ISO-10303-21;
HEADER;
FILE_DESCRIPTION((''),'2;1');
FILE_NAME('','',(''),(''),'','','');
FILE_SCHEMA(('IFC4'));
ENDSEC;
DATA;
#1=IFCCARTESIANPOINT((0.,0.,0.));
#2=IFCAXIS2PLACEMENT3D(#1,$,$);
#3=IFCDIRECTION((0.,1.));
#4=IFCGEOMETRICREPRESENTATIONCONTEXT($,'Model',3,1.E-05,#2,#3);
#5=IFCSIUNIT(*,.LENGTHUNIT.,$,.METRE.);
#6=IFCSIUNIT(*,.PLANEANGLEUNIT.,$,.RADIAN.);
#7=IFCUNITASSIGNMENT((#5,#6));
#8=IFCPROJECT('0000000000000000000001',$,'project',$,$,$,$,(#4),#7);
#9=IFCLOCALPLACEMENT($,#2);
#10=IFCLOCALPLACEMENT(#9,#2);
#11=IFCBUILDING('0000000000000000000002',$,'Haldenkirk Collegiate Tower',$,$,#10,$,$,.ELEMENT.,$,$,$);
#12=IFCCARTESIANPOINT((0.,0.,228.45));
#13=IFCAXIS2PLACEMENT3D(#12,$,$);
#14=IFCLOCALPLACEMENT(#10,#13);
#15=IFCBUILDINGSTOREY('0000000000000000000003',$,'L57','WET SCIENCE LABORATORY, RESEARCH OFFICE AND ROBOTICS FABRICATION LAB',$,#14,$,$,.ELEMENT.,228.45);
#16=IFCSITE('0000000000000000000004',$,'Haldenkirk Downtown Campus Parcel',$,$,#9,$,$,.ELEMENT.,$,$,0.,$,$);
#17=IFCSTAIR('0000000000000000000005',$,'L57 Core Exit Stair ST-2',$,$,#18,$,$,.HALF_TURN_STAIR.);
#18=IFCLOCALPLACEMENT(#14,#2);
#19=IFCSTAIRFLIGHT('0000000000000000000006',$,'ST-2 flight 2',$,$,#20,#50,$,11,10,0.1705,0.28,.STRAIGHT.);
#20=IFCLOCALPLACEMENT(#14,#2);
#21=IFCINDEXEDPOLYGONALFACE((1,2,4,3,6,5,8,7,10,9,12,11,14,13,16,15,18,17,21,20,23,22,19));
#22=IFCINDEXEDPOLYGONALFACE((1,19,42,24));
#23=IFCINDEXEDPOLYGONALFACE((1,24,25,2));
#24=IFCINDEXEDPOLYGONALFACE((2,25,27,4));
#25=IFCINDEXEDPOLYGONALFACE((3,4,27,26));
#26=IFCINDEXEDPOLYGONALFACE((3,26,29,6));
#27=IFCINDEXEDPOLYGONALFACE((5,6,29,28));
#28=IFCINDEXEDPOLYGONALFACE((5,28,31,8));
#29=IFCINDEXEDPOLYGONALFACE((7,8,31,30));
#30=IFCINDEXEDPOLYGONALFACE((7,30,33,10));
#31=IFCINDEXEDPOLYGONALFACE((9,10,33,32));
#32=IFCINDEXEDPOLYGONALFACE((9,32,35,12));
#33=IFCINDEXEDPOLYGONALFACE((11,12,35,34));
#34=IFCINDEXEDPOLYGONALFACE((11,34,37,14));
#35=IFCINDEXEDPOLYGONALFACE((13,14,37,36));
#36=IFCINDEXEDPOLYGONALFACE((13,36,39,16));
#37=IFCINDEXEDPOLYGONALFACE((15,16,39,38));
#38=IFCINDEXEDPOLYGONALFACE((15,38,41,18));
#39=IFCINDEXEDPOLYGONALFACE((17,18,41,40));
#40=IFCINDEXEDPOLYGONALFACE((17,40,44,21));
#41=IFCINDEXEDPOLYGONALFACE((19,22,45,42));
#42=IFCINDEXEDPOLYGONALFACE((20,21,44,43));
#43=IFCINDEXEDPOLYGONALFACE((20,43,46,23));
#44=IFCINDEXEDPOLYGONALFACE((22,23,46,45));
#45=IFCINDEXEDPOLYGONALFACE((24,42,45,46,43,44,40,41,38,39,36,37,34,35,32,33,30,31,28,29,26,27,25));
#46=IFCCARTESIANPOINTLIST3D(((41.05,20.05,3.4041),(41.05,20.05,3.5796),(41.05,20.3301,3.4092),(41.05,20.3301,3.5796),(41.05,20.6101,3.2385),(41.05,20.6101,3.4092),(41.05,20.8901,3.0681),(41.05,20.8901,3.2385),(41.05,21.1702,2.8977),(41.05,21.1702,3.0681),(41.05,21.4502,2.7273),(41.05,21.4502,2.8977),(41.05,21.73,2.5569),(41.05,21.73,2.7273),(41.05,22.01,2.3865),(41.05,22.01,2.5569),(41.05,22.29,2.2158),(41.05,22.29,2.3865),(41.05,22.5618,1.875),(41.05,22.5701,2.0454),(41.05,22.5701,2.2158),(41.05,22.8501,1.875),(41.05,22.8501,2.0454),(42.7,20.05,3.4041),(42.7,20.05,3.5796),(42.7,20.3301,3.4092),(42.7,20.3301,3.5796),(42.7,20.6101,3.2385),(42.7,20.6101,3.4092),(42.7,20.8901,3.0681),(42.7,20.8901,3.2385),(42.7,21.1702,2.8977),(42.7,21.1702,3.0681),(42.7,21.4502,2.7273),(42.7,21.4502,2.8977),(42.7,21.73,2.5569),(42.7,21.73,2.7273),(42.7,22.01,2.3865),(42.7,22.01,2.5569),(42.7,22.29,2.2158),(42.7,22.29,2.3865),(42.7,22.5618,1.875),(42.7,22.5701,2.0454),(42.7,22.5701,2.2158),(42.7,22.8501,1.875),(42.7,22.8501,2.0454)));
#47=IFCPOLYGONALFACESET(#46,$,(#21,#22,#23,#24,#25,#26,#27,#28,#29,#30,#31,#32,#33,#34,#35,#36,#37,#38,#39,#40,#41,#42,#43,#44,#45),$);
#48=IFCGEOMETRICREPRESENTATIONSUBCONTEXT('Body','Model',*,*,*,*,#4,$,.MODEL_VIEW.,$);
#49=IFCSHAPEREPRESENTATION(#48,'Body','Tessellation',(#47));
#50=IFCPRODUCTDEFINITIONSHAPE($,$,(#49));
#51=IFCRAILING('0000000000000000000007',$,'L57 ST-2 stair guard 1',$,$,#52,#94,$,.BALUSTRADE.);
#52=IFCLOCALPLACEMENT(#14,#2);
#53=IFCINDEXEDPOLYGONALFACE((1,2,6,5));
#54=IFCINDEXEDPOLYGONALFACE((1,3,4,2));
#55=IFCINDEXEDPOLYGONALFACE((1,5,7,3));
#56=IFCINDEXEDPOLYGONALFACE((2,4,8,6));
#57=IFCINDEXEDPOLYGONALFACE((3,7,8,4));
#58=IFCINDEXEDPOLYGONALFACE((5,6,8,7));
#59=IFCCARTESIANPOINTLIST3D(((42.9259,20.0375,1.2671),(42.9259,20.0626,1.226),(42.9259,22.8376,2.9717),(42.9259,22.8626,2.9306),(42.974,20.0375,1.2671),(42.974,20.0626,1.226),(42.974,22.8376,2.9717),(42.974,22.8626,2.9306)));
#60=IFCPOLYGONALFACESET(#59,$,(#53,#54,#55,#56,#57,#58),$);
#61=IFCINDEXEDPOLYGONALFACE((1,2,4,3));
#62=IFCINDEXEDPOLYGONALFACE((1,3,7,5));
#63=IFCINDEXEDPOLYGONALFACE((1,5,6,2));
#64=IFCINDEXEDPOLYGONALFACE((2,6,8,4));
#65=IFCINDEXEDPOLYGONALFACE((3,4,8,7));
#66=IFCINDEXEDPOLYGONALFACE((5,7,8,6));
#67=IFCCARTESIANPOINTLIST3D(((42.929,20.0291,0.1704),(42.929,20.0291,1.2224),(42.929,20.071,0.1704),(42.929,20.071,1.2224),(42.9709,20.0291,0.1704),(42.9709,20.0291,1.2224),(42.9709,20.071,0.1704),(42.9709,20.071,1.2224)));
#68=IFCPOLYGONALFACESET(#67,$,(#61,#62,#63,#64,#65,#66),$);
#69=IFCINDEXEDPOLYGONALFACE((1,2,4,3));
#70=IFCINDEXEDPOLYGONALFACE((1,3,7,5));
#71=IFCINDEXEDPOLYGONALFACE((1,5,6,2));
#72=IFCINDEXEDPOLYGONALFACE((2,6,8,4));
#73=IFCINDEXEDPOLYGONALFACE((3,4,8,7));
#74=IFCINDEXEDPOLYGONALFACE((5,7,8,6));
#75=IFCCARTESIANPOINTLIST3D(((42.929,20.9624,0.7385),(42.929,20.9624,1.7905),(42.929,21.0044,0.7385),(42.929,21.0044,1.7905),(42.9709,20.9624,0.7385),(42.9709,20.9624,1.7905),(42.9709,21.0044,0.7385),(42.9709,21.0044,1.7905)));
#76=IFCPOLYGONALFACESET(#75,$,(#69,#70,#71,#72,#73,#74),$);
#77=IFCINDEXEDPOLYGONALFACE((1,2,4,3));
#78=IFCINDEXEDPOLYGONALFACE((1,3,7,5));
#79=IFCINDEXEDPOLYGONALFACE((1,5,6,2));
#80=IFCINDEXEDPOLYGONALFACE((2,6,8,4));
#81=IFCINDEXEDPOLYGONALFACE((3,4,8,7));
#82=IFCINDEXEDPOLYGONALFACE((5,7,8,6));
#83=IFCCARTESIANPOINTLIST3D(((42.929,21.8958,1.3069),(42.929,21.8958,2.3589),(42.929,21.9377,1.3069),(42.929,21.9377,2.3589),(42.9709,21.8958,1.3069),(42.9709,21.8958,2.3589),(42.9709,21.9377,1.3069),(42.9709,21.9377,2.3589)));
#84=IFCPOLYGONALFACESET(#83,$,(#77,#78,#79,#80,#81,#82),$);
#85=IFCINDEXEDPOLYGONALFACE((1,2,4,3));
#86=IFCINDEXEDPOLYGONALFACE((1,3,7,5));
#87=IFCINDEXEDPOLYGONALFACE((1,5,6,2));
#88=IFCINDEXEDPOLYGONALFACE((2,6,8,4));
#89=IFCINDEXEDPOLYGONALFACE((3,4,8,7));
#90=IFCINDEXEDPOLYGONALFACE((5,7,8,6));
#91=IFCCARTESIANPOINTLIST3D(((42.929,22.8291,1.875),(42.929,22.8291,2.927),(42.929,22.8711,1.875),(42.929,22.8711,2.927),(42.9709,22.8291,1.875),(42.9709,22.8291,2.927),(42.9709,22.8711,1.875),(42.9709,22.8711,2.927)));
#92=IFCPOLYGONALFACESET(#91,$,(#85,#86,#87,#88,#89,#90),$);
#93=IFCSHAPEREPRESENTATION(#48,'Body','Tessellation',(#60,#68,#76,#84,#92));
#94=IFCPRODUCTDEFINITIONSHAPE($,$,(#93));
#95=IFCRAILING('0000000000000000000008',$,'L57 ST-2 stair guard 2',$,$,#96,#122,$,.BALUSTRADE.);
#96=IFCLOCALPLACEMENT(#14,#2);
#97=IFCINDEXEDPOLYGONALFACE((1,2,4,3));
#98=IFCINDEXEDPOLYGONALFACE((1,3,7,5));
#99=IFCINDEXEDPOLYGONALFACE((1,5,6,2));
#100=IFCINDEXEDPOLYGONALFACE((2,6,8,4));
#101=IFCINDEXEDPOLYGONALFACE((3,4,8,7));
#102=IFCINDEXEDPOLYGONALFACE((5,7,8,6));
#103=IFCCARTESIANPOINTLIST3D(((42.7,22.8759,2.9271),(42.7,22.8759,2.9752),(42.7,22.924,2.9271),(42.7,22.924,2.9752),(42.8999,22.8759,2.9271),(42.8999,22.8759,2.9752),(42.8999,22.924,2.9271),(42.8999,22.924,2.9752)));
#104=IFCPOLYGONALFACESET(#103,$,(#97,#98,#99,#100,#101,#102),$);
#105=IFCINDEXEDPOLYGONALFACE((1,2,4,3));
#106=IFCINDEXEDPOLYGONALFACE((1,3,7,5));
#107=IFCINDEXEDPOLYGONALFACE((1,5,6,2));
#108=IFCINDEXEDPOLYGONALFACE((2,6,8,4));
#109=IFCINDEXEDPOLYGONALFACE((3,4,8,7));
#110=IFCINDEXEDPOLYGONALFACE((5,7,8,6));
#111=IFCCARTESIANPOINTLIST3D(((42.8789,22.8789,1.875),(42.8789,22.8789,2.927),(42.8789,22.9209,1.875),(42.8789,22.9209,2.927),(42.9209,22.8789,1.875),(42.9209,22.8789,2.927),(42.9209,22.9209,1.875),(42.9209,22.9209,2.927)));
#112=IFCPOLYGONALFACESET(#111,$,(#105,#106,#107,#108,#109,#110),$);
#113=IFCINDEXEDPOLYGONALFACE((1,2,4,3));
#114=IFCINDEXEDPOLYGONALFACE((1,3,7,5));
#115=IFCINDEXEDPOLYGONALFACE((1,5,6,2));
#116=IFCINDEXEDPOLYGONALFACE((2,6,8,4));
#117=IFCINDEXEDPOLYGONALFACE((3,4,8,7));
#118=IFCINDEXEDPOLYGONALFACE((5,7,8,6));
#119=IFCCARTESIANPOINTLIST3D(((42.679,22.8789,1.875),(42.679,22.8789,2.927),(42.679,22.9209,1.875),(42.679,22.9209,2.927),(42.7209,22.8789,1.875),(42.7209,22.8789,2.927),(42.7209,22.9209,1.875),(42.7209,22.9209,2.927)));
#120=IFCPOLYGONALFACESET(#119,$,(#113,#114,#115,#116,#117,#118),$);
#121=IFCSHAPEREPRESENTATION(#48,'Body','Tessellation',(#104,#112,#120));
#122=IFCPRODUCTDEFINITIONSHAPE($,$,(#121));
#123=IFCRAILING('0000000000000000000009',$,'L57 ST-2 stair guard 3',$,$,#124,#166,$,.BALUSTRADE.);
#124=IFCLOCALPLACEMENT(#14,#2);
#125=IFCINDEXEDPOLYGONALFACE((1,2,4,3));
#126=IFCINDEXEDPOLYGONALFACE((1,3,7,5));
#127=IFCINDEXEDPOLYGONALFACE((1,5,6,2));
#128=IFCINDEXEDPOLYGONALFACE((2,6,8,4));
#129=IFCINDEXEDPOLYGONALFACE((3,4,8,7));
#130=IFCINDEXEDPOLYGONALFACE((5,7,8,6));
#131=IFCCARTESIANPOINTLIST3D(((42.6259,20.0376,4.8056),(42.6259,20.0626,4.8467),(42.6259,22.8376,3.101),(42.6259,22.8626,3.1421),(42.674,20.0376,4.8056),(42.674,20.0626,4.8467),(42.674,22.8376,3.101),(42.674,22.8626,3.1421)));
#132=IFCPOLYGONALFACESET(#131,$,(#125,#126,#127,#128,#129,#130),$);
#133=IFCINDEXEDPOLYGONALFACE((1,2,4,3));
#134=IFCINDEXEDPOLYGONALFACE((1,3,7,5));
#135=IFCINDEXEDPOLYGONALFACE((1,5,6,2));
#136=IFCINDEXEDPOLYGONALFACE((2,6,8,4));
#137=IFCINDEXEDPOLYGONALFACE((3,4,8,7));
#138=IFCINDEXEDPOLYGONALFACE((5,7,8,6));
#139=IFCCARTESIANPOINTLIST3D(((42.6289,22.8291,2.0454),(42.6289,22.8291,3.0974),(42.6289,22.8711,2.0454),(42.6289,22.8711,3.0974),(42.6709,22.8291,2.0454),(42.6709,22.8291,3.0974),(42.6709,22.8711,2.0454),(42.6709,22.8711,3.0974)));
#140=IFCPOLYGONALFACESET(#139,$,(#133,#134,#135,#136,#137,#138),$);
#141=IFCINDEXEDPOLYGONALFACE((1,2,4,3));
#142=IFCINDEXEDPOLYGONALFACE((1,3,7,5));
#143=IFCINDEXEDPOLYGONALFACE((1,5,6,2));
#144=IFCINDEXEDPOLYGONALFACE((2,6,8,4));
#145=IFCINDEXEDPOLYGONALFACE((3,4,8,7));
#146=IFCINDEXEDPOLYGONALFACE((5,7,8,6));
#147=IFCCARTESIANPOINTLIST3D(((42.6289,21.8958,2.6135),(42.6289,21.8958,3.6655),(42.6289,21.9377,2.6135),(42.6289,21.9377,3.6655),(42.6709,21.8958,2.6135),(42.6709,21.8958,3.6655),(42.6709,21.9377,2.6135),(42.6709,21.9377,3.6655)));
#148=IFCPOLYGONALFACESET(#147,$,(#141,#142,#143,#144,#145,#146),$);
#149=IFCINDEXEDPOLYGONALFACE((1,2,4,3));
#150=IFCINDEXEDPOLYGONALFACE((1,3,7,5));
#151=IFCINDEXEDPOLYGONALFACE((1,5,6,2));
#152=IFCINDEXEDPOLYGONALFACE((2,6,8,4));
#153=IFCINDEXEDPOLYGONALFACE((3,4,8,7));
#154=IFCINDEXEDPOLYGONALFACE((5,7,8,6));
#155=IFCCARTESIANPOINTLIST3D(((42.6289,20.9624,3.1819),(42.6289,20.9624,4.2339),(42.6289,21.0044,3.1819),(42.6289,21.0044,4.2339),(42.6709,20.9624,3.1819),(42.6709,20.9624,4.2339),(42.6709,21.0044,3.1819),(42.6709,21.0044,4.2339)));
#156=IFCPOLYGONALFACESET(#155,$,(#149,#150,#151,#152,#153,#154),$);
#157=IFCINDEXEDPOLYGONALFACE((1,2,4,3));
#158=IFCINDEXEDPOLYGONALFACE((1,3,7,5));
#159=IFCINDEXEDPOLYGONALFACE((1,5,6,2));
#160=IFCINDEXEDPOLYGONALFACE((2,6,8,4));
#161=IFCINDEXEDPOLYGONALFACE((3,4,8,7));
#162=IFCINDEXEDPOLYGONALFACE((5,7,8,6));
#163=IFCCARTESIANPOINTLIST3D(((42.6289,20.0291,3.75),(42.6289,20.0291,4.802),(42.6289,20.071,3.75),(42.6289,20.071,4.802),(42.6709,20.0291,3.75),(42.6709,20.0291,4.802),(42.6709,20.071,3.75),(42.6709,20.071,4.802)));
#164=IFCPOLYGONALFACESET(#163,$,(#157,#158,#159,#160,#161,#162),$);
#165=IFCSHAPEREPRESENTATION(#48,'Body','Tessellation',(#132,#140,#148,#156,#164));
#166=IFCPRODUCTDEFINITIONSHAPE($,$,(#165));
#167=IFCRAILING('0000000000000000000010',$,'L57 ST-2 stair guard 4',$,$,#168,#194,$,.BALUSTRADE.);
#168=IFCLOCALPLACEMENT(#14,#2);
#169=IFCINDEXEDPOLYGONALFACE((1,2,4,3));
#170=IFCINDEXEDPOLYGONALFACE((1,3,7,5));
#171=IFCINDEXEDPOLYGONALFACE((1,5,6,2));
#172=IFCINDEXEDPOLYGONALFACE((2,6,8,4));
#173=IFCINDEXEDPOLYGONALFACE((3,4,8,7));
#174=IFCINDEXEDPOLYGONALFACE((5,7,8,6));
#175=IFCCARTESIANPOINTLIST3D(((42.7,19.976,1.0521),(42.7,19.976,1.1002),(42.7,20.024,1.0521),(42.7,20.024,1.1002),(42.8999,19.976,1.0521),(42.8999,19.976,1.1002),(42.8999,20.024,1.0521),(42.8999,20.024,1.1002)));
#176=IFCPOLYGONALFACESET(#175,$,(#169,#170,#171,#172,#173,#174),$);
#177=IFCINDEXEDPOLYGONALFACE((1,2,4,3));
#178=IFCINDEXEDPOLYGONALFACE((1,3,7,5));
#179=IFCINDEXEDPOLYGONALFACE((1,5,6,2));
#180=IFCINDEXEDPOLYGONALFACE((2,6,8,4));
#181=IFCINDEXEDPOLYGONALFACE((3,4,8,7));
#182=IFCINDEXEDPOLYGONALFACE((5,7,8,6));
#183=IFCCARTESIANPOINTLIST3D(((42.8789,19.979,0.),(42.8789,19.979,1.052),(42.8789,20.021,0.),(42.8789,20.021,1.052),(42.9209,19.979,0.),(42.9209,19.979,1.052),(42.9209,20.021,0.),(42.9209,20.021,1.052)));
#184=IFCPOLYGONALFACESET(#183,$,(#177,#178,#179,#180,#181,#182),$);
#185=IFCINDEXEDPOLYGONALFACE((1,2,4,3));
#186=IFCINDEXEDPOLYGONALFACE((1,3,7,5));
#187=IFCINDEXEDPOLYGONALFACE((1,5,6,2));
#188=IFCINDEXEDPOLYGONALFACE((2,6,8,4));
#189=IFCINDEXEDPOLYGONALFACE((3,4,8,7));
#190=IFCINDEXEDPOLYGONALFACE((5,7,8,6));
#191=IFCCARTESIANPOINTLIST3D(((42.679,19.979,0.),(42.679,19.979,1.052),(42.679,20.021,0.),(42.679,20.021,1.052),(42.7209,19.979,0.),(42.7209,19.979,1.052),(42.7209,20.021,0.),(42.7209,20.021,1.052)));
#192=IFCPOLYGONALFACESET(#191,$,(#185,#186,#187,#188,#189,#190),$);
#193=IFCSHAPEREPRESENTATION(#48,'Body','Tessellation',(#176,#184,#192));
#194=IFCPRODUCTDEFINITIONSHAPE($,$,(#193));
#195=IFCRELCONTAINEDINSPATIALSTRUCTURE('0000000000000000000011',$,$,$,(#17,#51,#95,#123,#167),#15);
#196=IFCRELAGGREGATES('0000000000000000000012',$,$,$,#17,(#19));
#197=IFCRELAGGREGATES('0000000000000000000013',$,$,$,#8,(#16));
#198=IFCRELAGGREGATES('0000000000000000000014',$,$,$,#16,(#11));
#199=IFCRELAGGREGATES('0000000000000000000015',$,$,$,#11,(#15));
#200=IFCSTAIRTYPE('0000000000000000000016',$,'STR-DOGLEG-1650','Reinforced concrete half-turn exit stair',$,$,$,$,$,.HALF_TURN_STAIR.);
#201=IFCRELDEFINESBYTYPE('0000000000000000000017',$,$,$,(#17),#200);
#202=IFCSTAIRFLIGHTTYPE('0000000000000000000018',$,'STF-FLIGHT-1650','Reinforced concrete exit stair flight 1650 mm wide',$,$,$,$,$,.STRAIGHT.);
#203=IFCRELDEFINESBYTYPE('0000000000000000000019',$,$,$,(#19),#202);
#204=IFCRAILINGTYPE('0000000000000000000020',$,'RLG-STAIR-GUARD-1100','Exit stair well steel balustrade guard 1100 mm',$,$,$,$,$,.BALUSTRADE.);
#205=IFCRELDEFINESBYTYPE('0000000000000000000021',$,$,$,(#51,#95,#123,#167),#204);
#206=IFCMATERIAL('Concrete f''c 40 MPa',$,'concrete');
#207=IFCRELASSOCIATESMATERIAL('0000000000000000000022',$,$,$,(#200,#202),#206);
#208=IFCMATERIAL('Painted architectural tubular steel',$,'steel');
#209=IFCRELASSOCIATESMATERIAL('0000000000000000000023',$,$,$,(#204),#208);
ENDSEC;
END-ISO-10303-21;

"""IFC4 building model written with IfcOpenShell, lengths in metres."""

from ifc_helpers import new_model, si_unit, direction, frame, origin, origin_2d, place, context, subcontext, project, spatial, polyline, rectangle, outline, extrude, material, type_object, element, aggregate, save


model = new_model("IFC4")

# Units and contexts
model_context = context("Model", 3, precision=1e-05, world=origin(), true_north=direction((0.0, 1.0)))
body_context = subcontext(model_context, "Body", "Model", "MODEL_VIEW")
ifc_project = project(units=[si_unit("LENGTHUNIT", "METRE"), si_unit("PLANEANGLEUNIT", "RADIAN")], contexts=[model_context])

# Site, building, storey
site_placement = place(None, origin())
site = spatial("IfcSite", under=ifc_project, at=site_placement, Name="Haldenkirk Downtown Campus Parcel", CompositionType="ELEMENT", RefElevation=0.0)
building_placement = place(site_placement, origin())
building = spatial("IfcBuilding", under=site, at=building_placement, Name="Haldenkirk Collegiate Tower", CompositionType="ELEMENT")
storey_placement = place(building_placement, frame((0.0, 0.0, 228.45)))
storey = spatial("IfcBuildingStorey", under=building, at=storey_placement, Name="L57", Description="WET SCIENCE LABORATORY, RESEARCH OFFICE AND ROBOTICS FABRICATION LAB", CompositionType="ELEMENT", Elevation=228.45)

# Stair, stair flight
ifc_material_1 = material(Name="Concrete f'c 40 MPa", Category="concrete")
stair_type = type_object("IfcStairType", Name="STR-DOGLEG-1650", Description="Reinforced concrete half-turn exit stair", PredefinedType="HALF_TURN_STAIR", material=ifc_material_1)
stair_placement = place(storey_placement, origin())
stair = element("IfcStair", 1, at=stair_placement, inside=storey, type_object=stair_type, Name="L57 Core Exit Stair ST-2", PredefinedType="HALF_TURN_STAIR")
stair_flight_type = type_object("IfcStairFlightType", Name="STF-FLIGHT-1650", Description="Reinforced concrete exit stair flight 1650 mm wide", PredefinedType="STRAIGHT", material=ifc_material_1)
stair_flight_1_placement = place(storey_placement, frame((41.875, 22.8501, 1.875), z_axis=(0.0, 0.0, 1.0), x_axis=(0.0, -1.0, 0.0)))
stair_flight_1 = element("IfcStairFlight", 2, at=stair_flight_1_placement, type_object=stair_flight_type, Name="ST-2 flight 2", NumberOfRisers=11, NumberOfTreads=10, PredefinedType="STRAIGHT", RiserHeight=0.1705, TreadLength=0.28, context=body_context, shape_type="SweptSolid", body=[
    extrude(outline(polyline([(0.0, 0.0), (0.0, 0.1704), (0.28, 0.1704), (0.28, 0.3408), (0.5601, 0.3408), (0.5601, 0.5115), (0.8401, 0.5115), (0.8401, 0.6819), (1.1201, 0.6819), (1.1201, 0.8523), (1.3999, 0.8523), (1.3999, 1.0227), (1.6799, 1.0227), (1.6799, 1.1931), (1.96, 1.1931), (1.96, 1.3635), (2.24, 1.3635), (2.24, 1.5342), (2.52, 1.5342), (2.52, 1.7046), (2.8, 1.7046), (2.8, 1.875), (2.8, 1.5291), (0.2883, 0.0), (0.0, 0.0)])), frame((0.0, 0.825, 0.0), z_axis=(0.0, -1.0, 0.0), x_axis=(1.0, 0.0, 0.0)), (0.0, 0.0, 1.0), 1.6499),
])
aggregate(stair, [stair_flight_1])

# Railings
ifc_material_2 = material(Name="Painted architectural tubular steel", Category="steel")
railing_type_1 = type_object("IfcRailingType", Name="RLG-STAIR-GUARD-1100", Description="Exit stair well steel balustrade guard 1100 mm", PredefinedType="BALUSTRADE", material=ifc_material_2)
railing_1_placement = place(storey_placement, frame((42.95, 20.05, 0.1704)))
element("IfcRailing", 3, at=railing_1_placement, inside=storey, type_object=railing_type_1, Name="L57 ST-2 stair guard 1", PredefinedType="BALUSTRADE", context=body_context, shape_type="SweptSolid", body=[
    extrude(rectangle(XDim=0.0481, YDim=0.0481, at=origin_2d()), frame((0.0, 0.0, 1.0762), z_axis=(0.0, 0.85417, 0.519994), x_axis=(-1.0, 0.0, 0.0)), (0.0, 0.0, 1.0), 3.2781),
    extrude(rectangle(XDim=0.042, YDim=0.042, at=origin_2d()), origin(), (0.0, 0.0, 1.0), 1.052),
    extrude(rectangle(XDim=0.042, YDim=0.042, at=origin_2d()), frame((0.0, 0.9333, 0.5681)), (0.0, 0.0, 1.0), 1.052),
    extrude(rectangle(XDim=0.042, YDim=0.042, at=origin_2d()), frame((0.0, 1.8667, 1.1365)), (0.0, 0.0, 1.0), 1.052),
    extrude(rectangle(XDim=0.042, YDim=0.042, at=origin_2d()), frame((0.0, 2.8, 1.7046)), (0.0, 0.0, 1.0), 1.052),
])
railing_2_placement = place(storey_placement, frame((42.8999, 22.8999, 1.875)))
element("IfcRailing", 4, at=railing_2_placement, inside=storey, type_object=railing_type_1, Name="L57 ST-2 stair guard 2", PredefinedType="BALUSTRADE", context=body_context, shape_type="SweptSolid", body=[
    extrude(rectangle(XDim=0.0481, YDim=0.0481, at=origin_2d()), frame((0.0, 0.0, 1.0762), z_axis=(-1.0, 0.0, 0.0), x_axis=(0.0, -1.0, 0.0)), (0.0, 0.0, 1.0), 0.2),
    extrude(rectangle(XDim=0.042, YDim=0.042, at=origin_2d()), origin(), (0.0, 0.0, 1.0), 1.052),
    extrude(rectangle(XDim=0.042, YDim=0.042, at=origin_2d()), frame((-0.2, 0.0, 0.0)), (0.0, 0.0, 1.0), 1.052),
])
railing_3_placement = place(storey_placement, frame((42.6499, 22.8501, 2.0454)))
element("IfcRailing", 5, at=railing_3_placement, inside=storey, type_object=railing_type_1, Name="L57 ST-2 stair guard 3", PredefinedType="BALUSTRADE", context=body_context, shape_type="SweptSolid", body=[
    extrude(rectangle(XDim=0.0481, YDim=0.0481, at=origin_2d()), frame((0.0, 0.0, 1.0762), z_axis=(0.0, -0.85417, 0.519994), x_axis=(1.0, 0.0, 0.0)), (0.0, 0.0, 1.0), 3.2781),
    extrude(rectangle(XDim=0.042, YDim=0.042, at=origin_2d()), origin(), (0.0, 0.0, 1.0), 1.052),
    extrude(rectangle(XDim=0.042, YDim=0.042, at=origin_2d()), frame((0.0, -0.9333, 0.5681)), (0.0, 0.0, 1.0), 1.052),
    extrude(rectangle(XDim=0.042, YDim=0.042, at=origin_2d()), frame((0.0, -1.8667, 1.1365)), (0.0, 0.0, 1.0), 1.052),
    extrude(rectangle(XDim=0.042, YDim=0.042, at=origin_2d()), frame((0.0, -2.8, 1.7046)), (0.0, 0.0, 1.0), 1.052),
])
railing_4_placement = place(storey_placement, frame((42.8999, 20.0, 0.0)))
element("IfcRailing", 6, at=railing_4_placement, inside=storey, type_object=railing_type_1, Name="L57 ST-2 stair guard 4", PredefinedType="BALUSTRADE", context=body_context, shape_type="SweptSolid", body=[
    extrude(rectangle(XDim=0.0481, YDim=0.0481, at=origin_2d()), frame((0.0, 0.0, 1.0762), z_axis=(-1.0, 0.0, 0.0), x_axis=(0.0, -1.0, 0.0)), (0.0, 0.0, 1.0), 0.2),
    extrude(rectangle(XDim=0.042, YDim=0.042, at=origin_2d()), origin(), (0.0, 0.0, 1.0), 1.052),
    extrude(rectangle(XDim=0.042, YDim=0.042, at=origin_2d()), frame((-0.2, 0.0, 0.0)), (0.0, 0.0, 1.0), 1.052),
])

save(model, "model.ifc")
